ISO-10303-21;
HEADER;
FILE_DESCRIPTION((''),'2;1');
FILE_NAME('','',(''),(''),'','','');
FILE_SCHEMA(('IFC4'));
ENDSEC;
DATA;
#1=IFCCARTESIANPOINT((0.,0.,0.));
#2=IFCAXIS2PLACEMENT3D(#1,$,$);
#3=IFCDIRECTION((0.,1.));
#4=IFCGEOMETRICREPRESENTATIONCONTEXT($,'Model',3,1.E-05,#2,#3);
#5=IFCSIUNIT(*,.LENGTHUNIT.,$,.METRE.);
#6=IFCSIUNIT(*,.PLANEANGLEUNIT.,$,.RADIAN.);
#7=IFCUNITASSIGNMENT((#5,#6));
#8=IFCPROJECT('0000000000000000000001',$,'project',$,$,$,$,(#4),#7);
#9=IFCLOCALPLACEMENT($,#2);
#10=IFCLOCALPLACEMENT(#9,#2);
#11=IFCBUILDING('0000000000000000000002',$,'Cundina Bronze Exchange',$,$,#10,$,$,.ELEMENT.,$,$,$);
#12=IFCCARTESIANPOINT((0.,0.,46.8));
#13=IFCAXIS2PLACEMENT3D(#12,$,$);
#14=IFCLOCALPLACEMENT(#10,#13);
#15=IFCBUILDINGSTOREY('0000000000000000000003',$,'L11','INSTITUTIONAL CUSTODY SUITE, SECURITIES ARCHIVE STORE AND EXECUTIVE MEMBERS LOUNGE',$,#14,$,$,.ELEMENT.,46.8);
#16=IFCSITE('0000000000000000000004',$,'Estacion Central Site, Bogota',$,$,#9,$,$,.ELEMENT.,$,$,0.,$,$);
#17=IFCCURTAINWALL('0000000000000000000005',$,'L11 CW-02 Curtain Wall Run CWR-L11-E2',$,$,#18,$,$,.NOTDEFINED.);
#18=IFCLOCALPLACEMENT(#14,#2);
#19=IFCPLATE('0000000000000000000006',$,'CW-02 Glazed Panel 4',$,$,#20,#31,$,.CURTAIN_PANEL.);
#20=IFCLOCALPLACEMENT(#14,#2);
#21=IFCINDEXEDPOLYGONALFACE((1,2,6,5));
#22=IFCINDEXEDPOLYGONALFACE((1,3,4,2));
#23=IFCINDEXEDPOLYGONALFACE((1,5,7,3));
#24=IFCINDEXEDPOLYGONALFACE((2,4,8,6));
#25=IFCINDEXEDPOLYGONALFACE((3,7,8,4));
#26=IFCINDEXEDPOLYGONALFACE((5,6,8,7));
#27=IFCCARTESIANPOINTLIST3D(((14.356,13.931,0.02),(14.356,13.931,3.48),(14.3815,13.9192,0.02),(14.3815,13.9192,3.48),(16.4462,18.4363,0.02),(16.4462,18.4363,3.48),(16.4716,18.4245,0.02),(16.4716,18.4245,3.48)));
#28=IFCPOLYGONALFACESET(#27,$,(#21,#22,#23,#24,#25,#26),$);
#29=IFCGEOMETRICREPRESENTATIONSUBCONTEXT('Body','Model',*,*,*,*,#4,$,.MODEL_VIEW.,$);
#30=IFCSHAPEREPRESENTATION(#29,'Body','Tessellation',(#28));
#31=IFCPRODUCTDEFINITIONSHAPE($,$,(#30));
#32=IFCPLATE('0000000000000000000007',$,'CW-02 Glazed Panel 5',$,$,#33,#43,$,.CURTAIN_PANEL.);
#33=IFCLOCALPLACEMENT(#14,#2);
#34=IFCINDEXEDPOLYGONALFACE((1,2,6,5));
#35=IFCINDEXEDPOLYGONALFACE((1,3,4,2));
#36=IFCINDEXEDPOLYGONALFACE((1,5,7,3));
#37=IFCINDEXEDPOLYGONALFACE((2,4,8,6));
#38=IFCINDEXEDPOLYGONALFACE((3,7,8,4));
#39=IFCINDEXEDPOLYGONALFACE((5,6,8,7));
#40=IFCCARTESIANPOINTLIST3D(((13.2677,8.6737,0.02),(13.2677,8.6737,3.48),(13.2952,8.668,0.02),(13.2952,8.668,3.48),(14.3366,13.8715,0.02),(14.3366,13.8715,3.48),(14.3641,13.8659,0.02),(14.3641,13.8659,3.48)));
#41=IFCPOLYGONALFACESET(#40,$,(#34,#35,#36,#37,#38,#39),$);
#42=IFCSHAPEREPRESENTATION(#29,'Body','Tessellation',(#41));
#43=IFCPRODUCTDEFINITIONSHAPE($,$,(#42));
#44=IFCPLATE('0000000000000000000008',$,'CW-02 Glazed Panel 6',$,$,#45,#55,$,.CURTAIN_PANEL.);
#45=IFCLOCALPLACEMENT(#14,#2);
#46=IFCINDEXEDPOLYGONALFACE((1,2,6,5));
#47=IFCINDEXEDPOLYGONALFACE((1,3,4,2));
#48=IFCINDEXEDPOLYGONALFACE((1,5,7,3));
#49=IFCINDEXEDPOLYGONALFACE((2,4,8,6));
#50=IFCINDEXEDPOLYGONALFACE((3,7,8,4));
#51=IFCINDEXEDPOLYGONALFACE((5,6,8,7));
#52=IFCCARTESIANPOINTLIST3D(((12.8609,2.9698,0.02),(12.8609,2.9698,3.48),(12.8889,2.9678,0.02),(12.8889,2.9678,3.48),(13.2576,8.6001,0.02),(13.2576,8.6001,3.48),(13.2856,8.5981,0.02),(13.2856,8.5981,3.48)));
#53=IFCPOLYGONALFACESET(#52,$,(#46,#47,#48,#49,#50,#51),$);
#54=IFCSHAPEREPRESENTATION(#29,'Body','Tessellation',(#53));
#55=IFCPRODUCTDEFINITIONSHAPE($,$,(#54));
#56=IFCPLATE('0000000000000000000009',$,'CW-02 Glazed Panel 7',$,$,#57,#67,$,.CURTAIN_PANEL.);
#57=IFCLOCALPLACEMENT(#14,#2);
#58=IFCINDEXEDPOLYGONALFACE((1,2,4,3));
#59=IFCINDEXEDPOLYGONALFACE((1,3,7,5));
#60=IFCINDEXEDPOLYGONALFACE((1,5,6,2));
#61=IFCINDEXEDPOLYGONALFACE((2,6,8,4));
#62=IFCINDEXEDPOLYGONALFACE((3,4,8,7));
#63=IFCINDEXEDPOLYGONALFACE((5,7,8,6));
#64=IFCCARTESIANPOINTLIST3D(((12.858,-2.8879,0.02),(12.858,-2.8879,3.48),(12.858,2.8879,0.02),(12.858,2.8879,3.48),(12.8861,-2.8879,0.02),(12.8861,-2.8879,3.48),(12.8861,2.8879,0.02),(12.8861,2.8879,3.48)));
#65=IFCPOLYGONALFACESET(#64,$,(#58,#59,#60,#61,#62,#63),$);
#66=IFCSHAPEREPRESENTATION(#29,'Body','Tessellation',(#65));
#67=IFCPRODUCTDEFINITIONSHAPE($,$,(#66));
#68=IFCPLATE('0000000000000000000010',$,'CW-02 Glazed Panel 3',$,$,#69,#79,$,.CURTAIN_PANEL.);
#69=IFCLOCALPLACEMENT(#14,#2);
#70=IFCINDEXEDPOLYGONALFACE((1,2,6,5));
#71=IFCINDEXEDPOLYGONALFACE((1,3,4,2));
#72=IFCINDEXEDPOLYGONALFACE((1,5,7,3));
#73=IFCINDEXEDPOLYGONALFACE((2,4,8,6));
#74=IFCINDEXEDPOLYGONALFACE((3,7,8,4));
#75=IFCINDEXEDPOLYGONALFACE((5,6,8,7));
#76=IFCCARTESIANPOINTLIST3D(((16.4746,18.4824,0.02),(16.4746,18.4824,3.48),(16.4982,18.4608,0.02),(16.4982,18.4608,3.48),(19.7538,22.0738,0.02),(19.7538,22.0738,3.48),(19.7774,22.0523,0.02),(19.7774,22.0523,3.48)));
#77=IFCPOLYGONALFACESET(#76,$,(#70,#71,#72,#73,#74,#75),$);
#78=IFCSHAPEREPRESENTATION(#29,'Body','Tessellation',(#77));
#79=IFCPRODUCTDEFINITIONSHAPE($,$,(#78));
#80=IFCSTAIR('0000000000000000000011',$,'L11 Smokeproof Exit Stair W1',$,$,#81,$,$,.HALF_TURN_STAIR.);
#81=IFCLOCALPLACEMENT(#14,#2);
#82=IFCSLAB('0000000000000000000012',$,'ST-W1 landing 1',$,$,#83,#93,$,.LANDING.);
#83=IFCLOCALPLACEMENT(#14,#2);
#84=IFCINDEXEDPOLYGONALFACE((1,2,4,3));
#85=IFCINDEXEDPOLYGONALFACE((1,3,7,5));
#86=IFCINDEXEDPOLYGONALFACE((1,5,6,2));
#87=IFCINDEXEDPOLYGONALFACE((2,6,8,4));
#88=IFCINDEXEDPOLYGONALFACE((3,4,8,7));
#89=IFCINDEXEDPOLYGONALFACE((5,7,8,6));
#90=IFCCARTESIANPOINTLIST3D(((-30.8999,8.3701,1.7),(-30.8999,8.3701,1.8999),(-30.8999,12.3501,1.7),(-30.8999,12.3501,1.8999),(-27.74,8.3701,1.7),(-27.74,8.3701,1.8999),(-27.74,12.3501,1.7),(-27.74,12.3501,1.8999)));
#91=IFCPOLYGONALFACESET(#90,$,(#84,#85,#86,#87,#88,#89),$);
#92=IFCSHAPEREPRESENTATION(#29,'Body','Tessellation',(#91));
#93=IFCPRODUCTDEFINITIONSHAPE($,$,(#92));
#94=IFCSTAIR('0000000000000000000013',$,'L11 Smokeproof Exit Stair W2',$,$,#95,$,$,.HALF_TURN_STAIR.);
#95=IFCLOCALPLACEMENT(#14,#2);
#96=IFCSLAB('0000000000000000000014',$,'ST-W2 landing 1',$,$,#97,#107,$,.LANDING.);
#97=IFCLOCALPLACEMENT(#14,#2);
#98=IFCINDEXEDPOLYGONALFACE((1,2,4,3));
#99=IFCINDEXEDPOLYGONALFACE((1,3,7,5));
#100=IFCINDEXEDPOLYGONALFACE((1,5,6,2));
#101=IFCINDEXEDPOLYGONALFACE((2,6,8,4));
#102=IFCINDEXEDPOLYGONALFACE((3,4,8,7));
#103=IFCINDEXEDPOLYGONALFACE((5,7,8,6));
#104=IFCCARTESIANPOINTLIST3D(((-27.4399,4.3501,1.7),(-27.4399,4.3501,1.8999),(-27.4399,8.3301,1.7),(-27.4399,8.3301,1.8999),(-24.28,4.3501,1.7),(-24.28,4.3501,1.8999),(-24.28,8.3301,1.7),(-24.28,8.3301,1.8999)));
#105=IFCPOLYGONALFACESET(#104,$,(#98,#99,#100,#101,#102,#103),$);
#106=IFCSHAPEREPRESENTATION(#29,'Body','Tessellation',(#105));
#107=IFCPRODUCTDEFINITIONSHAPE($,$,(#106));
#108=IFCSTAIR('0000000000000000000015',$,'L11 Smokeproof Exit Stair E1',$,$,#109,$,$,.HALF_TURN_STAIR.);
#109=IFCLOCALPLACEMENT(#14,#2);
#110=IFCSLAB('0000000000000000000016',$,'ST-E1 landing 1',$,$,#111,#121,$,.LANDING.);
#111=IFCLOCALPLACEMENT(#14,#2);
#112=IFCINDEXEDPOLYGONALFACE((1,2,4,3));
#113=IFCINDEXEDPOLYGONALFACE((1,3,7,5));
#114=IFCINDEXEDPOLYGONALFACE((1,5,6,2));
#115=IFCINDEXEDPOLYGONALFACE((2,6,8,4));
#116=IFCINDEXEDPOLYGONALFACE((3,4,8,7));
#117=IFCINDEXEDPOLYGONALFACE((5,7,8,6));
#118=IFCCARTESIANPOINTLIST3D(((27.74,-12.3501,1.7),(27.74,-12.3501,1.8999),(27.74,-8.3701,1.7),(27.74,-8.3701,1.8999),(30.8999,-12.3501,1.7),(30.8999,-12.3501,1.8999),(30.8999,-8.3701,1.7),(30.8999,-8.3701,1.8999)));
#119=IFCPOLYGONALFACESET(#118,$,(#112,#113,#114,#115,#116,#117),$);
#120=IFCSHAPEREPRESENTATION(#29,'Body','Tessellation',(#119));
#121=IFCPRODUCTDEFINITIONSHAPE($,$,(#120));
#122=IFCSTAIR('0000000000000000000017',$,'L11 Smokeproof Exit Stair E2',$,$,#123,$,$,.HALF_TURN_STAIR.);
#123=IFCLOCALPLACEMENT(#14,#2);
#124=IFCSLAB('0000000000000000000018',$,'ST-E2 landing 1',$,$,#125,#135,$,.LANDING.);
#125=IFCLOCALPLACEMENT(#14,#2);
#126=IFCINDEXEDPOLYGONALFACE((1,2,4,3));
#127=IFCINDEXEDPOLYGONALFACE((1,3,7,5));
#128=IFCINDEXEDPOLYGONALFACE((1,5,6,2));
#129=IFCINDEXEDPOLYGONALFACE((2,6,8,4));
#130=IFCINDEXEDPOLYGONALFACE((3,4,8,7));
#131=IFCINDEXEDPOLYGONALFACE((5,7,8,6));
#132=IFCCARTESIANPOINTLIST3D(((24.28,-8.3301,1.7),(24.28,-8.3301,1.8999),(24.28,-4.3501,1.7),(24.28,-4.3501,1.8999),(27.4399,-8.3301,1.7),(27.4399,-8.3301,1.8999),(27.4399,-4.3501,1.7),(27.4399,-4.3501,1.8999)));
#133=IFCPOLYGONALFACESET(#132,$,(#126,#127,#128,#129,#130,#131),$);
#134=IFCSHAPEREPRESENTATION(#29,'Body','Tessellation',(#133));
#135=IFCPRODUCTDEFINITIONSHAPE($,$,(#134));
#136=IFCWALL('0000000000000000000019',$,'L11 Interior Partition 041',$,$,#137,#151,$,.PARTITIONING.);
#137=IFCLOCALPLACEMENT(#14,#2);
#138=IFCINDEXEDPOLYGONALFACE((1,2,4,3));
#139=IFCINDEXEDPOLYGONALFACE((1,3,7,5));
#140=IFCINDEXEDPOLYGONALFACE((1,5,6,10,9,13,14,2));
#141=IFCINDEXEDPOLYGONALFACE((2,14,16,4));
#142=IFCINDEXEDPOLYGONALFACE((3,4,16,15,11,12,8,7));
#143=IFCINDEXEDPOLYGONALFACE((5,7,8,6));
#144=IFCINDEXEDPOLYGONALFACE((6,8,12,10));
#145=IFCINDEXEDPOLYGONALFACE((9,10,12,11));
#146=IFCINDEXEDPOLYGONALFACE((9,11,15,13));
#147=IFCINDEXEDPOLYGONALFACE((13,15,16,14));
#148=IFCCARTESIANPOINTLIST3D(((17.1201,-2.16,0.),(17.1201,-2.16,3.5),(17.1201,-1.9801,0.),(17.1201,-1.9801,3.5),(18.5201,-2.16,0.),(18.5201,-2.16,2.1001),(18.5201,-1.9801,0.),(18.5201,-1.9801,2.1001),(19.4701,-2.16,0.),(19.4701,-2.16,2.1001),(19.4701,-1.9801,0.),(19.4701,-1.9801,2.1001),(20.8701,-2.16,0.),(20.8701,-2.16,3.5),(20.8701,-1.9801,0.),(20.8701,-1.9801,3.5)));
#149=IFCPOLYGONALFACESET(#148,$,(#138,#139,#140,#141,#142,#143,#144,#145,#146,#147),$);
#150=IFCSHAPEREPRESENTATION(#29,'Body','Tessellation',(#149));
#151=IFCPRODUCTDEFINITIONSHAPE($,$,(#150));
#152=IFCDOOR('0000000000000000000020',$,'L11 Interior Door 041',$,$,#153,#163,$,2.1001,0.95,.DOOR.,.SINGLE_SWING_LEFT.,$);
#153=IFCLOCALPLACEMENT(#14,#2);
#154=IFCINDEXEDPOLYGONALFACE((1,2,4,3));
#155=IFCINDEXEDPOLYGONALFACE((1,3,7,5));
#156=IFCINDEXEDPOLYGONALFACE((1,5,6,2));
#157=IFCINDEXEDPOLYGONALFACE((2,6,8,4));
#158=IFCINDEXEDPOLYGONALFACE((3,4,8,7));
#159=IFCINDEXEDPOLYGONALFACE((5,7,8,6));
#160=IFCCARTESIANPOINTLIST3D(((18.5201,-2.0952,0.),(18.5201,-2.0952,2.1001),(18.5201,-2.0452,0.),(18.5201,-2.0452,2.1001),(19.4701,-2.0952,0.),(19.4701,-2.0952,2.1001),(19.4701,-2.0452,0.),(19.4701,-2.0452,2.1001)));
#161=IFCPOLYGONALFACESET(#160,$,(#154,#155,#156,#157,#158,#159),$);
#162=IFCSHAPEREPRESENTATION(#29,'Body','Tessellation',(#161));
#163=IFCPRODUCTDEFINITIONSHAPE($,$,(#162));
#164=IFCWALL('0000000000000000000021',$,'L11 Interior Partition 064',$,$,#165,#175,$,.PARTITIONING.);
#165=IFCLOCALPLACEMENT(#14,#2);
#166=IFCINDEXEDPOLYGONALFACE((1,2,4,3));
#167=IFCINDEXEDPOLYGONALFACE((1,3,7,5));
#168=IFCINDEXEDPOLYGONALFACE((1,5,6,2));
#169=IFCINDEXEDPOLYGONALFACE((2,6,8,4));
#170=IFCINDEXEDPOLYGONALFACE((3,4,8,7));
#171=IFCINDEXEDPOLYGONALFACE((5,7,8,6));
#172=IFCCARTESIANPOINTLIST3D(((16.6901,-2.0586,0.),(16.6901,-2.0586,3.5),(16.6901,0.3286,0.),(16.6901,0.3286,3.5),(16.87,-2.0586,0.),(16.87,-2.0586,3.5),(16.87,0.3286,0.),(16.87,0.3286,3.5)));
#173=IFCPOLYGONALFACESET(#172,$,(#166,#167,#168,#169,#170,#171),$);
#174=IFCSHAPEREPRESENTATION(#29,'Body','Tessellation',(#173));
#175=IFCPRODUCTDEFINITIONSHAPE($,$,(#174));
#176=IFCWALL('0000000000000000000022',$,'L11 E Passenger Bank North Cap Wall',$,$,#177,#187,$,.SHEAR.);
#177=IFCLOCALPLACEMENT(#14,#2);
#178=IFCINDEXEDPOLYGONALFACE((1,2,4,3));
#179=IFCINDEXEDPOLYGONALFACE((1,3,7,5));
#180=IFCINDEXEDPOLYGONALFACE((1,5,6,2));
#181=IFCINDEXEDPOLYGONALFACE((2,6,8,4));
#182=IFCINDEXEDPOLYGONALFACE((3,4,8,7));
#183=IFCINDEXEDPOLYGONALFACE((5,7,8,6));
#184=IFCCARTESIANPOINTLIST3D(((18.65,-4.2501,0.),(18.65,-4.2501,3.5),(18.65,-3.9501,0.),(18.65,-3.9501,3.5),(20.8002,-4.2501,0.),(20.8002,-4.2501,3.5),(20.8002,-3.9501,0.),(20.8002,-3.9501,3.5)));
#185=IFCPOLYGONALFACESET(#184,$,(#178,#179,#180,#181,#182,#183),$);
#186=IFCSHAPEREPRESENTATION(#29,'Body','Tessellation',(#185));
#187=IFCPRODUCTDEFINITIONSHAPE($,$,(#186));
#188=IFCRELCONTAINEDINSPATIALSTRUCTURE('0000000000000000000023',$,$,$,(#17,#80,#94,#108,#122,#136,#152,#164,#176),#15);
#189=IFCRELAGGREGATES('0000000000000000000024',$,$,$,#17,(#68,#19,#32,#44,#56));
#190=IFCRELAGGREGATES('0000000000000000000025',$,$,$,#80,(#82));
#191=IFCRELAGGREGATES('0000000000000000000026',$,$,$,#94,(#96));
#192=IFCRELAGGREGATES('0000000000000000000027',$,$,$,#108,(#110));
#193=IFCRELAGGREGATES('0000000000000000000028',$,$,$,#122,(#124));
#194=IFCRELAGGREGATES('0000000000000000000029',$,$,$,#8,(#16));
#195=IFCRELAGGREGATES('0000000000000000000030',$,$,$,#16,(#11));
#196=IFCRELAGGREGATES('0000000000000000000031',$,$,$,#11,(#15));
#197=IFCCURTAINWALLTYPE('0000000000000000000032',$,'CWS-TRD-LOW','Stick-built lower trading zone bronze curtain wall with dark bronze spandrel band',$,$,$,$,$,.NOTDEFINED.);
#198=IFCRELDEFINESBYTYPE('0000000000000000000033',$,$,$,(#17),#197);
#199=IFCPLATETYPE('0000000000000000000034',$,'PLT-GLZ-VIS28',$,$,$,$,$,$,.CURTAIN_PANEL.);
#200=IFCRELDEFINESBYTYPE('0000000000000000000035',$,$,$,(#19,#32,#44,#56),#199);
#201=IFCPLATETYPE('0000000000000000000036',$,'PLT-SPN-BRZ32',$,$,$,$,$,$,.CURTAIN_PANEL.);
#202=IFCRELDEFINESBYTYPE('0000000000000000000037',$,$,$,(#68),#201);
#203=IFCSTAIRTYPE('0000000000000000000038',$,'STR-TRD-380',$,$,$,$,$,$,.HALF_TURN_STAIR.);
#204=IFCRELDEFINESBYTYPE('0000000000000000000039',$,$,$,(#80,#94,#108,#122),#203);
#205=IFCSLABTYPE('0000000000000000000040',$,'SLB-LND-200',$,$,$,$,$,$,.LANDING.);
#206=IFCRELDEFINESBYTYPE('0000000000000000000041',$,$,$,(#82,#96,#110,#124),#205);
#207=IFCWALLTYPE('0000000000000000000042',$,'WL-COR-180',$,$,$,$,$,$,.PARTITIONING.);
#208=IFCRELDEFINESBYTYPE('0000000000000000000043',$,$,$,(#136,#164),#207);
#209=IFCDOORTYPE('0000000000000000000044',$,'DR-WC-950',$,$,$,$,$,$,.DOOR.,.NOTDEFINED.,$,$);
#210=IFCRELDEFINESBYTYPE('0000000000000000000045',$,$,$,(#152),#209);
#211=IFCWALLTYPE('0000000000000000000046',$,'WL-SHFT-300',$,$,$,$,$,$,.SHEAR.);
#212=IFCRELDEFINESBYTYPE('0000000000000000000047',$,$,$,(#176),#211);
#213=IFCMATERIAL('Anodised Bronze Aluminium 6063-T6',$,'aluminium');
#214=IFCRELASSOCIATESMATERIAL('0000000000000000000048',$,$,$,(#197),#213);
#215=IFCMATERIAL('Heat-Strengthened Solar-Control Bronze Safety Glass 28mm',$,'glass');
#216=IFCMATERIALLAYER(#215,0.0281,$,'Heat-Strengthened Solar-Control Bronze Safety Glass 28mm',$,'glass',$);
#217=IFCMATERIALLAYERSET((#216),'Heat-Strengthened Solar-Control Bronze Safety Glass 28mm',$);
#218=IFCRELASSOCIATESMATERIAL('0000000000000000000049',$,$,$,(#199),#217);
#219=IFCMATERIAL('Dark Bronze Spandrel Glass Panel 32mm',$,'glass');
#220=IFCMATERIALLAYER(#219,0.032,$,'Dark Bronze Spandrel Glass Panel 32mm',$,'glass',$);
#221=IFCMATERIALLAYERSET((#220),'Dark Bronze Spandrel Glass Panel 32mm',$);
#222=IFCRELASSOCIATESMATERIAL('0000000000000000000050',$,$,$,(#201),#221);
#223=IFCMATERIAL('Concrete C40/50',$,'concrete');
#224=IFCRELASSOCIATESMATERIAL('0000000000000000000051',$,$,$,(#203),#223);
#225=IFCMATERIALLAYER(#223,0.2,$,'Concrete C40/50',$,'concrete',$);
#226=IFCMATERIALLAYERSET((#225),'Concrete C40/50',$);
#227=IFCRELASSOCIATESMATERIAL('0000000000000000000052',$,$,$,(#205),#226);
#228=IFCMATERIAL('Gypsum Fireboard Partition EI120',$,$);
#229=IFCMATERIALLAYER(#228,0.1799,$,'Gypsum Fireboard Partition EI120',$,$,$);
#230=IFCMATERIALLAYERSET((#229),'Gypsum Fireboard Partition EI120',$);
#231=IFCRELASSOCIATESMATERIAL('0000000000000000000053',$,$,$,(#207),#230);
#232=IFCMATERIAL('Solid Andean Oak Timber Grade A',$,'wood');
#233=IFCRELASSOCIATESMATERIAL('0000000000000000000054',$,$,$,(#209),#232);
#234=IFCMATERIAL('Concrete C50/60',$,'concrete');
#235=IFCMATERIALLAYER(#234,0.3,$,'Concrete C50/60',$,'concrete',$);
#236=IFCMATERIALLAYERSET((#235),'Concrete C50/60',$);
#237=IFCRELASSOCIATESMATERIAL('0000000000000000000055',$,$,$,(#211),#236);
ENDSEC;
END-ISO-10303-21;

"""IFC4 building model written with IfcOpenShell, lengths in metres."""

from ifc_helpers import new_model, si_unit, direction, frame, frame_2d, origin, origin_2d, place, context, subcontext, project, spatial, polyline, rectangle, outline, extrude, material, layer, layer_set, type_object, element, fill, aggregate, save


model = new_model("IFC4")

# Units and contexts
model_context = context("Model", 3, precision=1e-05, world=origin(), true_north=direction((0.0, 1.0)))
body_context = subcontext(model_context, "Body", "Model", "MODEL_VIEW")
ifc_project = project(units=[si_unit("LENGTHUNIT", "METRE"), si_unit("PLANEANGLEUNIT", "RADIAN")], contexts=[model_context])

# Site, building, storey
site_placement = place(None, origin())
site = spatial("IfcSite", under=ifc_project, at=site_placement, Name="Estacion Central Site, Bogota", CompositionType="ELEMENT", RefElevation=0.0)
building_placement = place(site_placement, origin())
building = spatial("IfcBuilding", under=site, at=building_placement, Name="Cundina Bronze Exchange", CompositionType="ELEMENT")
storey_placement = place(building_placement, frame((0.0, 0.0, 46.8)))
storey = spatial("IfcBuildingStorey", under=building, at=storey_placement, Name="L11", Description="INSTITUTIONAL CUSTODY SUITE, SECURITIES ARCHIVE STORE AND EXECUTIVE MEMBERS LOUNGE", CompositionType="ELEMENT", Elevation=46.8)

# Curtain wall
ifc_material_1 = material(Name="Anodised Bronze Aluminium 6063-T6", Category="aluminium")
curtain_wall_type = type_object("IfcCurtainWallType", Name="CWS-TRD-LOW", Description="Stick-built lower trading zone bronze curtain wall with dark bronze spandrel band", PredefinedType="NOTDEFINED", material=ifc_material_1)
curtain_wall_1_placement = place(storey_placement, origin())
curtain_wall_1 = element("IfcCurtainWall", 1, at=curtain_wall_1_placement, inside=storey, type_object=curtain_wall_type, Name="L11 CW-02 Curtain Wall Run CWR-L11-E2", PredefinedType="NOTDEFINED")

# Plates
ifc_material_2 = material(Name="Heat-Strengthened Solar-Control Bronze Safety Glass 28mm", Category="glass")
ifc_layer_1 = layer(ifc_material_2, 0.0281, Name="Heat-Strengthened Solar-Control Bronze Safety Glass 28mm", Category="glass")
ifc_layer_set_1 = layer_set([ifc_layer_1], Name="Heat-Strengthened Solar-Control Bronze Safety Glass 28mm")
plate_type_1 = type_object("IfcPlateType", Name="PLT-GLZ-VIS28", PredefinedType="CURTAIN_PANEL", material=ifc_layer_set_1)
plate_1_placement = place(storey_placement, frame((15.4138, 16.1777, 0.02), z_axis=(0.0, 0.0, 1.0), x_axis=(-0.420846, -0.907132, 0.0)))
plate_1 = element("IfcPlate", 2, at=plate_1_placement, type_object=plate_type_1, Name="CW-02 Glazed Panel 4", PredefinedType="CURTAIN_PANEL", context=body_context, shape_type="SweptSolid", body=[
    extrude(rectangle(XDim=4.9666, YDim=0.0281, at=origin_2d()), origin(), (0.0, 0.0, 1.0), 3.46),
])
plate_2_placement = place(storey_placement, frame((13.8159, 11.2698, 0.02), z_axis=(0.0, 0.0, 1.0), x_axis=(-0.20142, -0.979505, 0.0)))
plate_2 = element("IfcPlate", 3, at=plate_2_placement, type_object=plate_type_1, Name="CW-02 Glazed Panel 5", PredefinedType="CURTAIN_PANEL", context=body_context, shape_type="SweptSolid", body=[
    extrude(rectangle(XDim=5.3066, YDim=0.0281, at=origin_2d()), origin(), (0.0, 0.0, 1.0), 3.46),
])
plate_3_placement = place(storey_placement, frame((13.0732, 5.7839, 0.02), z_axis=(0.0, 0.0, 1.0), x_axis=(-0.070279, -0.997527, 0.0)))
plate_3 = element("IfcPlate", 4, at=plate_3_placement, type_object=plate_type_1, Name="CW-02 Glazed Panel 6", PredefinedType="CURTAIN_PANEL", context=body_context, shape_type="SweptSolid", body=[
    extrude(rectangle(XDim=5.6443, YDim=0.0281, at=origin_2d()), origin(), (0.0, 0.0, 1.0), 3.46),
])
plate_4_placement = place(storey_placement, frame((12.8721, 0.0, 0.02), z_axis=(0.0, 0.0, 1.0), x_axis=(0.0, -1.0, 0.0)))
plate_4 = element("IfcPlate", 5, at=plate_4_placement, type_object=plate_type_1, Name="CW-02 Glazed Panel 7", PredefinedType="CURTAIN_PANEL", context=body_context, shape_type="SweptSolid", body=[
    extrude(rectangle(XDim=5.7759, YDim=0.0281, at=origin_2d()), origin(), (0.0, 0.0, 1.0), 3.46),
])
ifc_material_3 = material(Name="Dark Bronze Spandrel Glass Panel 32mm", Category="glass")
ifc_layer_2 = layer(ifc_material_3, 0.032, Name="Dark Bronze Spandrel Glass Panel 32mm", Category="glass")
ifc_layer_set_2 = layer_set([ifc_layer_2], Name="Dark Bronze Spandrel Glass Panel 32mm")
plate_type_2 = type_object("IfcPlateType", Name="PLT-SPN-BRZ32", PredefinedType="CURTAIN_PANEL", material=ifc_layer_set_2)
plate_5_placement = place(storey_placement, frame((18.126, 20.2673, 0.02), z_axis=(0.0, 0.0, 1.0), x_axis=(-0.674277, -0.738479, 0.0)))
plate_5 = element("IfcPlate", 6, at=plate_5_placement, type_object=plate_type_2, Name="CW-02 Glazed Panel 3", PredefinedType="CURTAIN_PANEL", context=body_context, shape_type="SweptSolid", body=[
    extrude(rectangle(XDim=4.8633, YDim=0.032, at=origin_2d()), origin(), (0.0, 0.0, 1.0), 3.46),
])
aggregate(curtain_wall_1, [plate_5, plate_1, plate_2, plate_3, plate_4])

# Stairs, slabs
ifc_material_4 = material(Name="Concrete C40/50", Category="concrete")
stair_type = type_object("IfcStairType", Name="STR-TRD-380", PredefinedType="HALF_TURN_STAIR", material=ifc_material_4)
stair_1_placement = place(storey_placement, origin())
stair_1 = element("IfcStair", 7, at=stair_1_placement, inside=storey, type_object=stair_type, Name="L11 Smokeproof Exit Stair W1", PredefinedType="HALF_TURN_STAIR")
ifc_layer_3 = layer(ifc_material_4, 0.2, Name="Concrete C40/50", Category="concrete")
ifc_layer_set_3 = layer_set([ifc_layer_3], Name="Concrete C40/50")
slab_type = type_object("IfcSlabType", Name="SLB-LND-200", PredefinedType="LANDING", material=ifc_layer_set_3)
slab_1_placement = place(storey_placement, frame((0.0, 0.0, 1.7)))
slab_1 = element("IfcSlab", 8, at=slab_1_placement, type_object=slab_type, Name="ST-W1 landing 1", PredefinedType="LANDING", context=body_context, shape_type="SweptSolid", body=[
    extrude(outline(polyline([(-27.74, 8.3701), (-27.74, 12.3501), (-30.8999, 12.3501), (-30.8999, 8.3701), (-27.74, 8.3701)])), origin(), (0.0, 0.0, 1.0), 0.2),
])
aggregate(stair_1, [slab_1])
stair_2_placement = place(storey_placement, origin())
stair_2 = element("IfcStair", 9, at=stair_2_placement, inside=storey, type_object=stair_type, Name="L11 Smokeproof Exit Stair W2", PredefinedType="HALF_TURN_STAIR")
slab_2_placement = place(storey_placement, frame((0.0, 0.0, 1.7)))
slab_2 = element("IfcSlab", 10, at=slab_2_placement, type_object=slab_type, Name="ST-W2 landing 1", PredefinedType="LANDING", context=body_context, shape_type="SweptSolid", body=[
    extrude(outline(polyline([(-27.4399, 8.3301), (-27.4399, 4.3501), (-24.28, 4.3501), (-24.28, 8.3301), (-27.4399, 8.3301)])), origin(), (0.0, 0.0, 1.0), 0.2),
])
aggregate(stair_2, [slab_2])
stair_3_placement = place(storey_placement, origin())
stair_3 = element("IfcStair", 11, at=stair_3_placement, inside=storey, type_object=stair_type, Name="L11 Smokeproof Exit Stair E1", PredefinedType="HALF_TURN_STAIR")
slab_3_placement = place(storey_placement, frame((0.0, 0.0, 1.7)))
slab_3 = element("IfcSlab", 12, at=slab_3_placement, type_object=slab_type, Name="ST-E1 landing 1", PredefinedType="LANDING", context=body_context, shape_type="SweptSolid", body=[
    extrude(outline(polyline([(27.74, -8.3701), (27.74, -12.3501), (30.8999, -12.3501), (30.8999, -8.3701), (27.74, -8.3701)])), origin(), (0.0, 0.0, 1.0), 0.2),
])
aggregate(stair_3, [slab_3])
stair_4_placement = place(storey_placement, origin())
stair_4 = element("IfcStair", 13, at=stair_4_placement, inside=storey, type_object=stair_type, Name="L11 Smokeproof Exit Stair E2", PredefinedType="HALF_TURN_STAIR")
slab_4_placement = place(storey_placement, frame((0.0, 0.0, 1.7)))
slab_4 = element("IfcSlab", 14, at=slab_4_placement, type_object=slab_type, Name="ST-E2 landing 1", PredefinedType="LANDING", context=body_context, shape_type="SweptSolid", body=[
    extrude(outline(polyline([(27.4399, -8.3301), (27.4399, -4.3501), (24.28, -4.3501), (24.28, -8.3301), (27.4399, -8.3301)])), origin(), (0.0, 0.0, 1.0), 0.2),
])
aggregate(stair_4, [slab_4])

# Wall, opening, door
ifc_material_5 = material(Name="Gypsum Fireboard Partition EI120")
ifc_layer_4 = layer(ifc_material_5, 0.1799, Name="Gypsum Fireboard Partition EI120")
ifc_layer_set_4 = layer_set([ifc_layer_4], Name="Gypsum Fireboard Partition EI120")
wall_type_1 = type_object("IfcWallType", Name="WL-COR-180", PredefinedType="PARTITIONING", material=ifc_layer_set_4)
wall_1_placement = place(storey_placement, frame((17.1201, -2.0701, 0.0), z_axis=(0.0, 0.0, 1.0), x_axis=(1.0, 0.0, 0.0)))
wall_1 = element("IfcWall", 15, at=wall_1_placement, inside=storey, type_object=wall_type_1, Name="L11 Interior Partition 041", PredefinedType="PARTITIONING", context=body_context, shape_type="SweptSolid", body=[
    extrude(rectangle(XDim=3.75, YDim=0.1799, at=frame_2d((1.875, 0.0))), origin(), (0.0, 0.0, 1.0), 3.5),
])
opening_placement = place(wall_1_placement, frame((1.3999, 0.0, 0.0)))
opening = element("IfcOpeningElement", 16, at=opening_placement, cuts=wall_1, PredefinedType="OPENING", context=body_context, shape_type="SweptSolid", body=[
    extrude(rectangle(XDim=0.95, YDim=2.1001, at=frame_2d((0.4751, 1.05))), frame((0.0, 0.0999, 0.0), z_axis=(0.0, -1.0, 0.0), x_axis=(1.0, 0.0, 0.0)), (0.0, 0.0, 1.0), 0.2),
])
ifc_material_6 = material(Name="Solid Andean Oak Timber Grade A", Category="wood")
door_type = type_object("IfcDoorType", Name="DR-WC-950", OperationType="NOTDEFINED", PredefinedType="DOOR", material=ifc_material_6)
door_placement = place(opening_placement, origin())
door = element("IfcDoor", 17, at=door_placement, inside=storey, type_object=door_type, Name="L11 Interior Door 041", OperationType="SINGLE_SWING_LEFT", OverallHeight=2.1001, OverallWidth=0.95, PredefinedType="DOOR", context=body_context, shape_type="SweptSolid", body=[
    extrude(rectangle(XDim=0.95, YDim=2.1001, at=frame_2d((0.4751, 1.05))), frame((0.0, 0.0249, 0.0), z_axis=(0.0, -1.0, 0.0), x_axis=(1.0, 0.0, 0.0)), (0.0, 0.0, 1.0), 0.05),
])
fill(opening, door)

# Walls
wall_2_placement = place(storey_placement, frame((16.78, 0.3286, 0.0), z_axis=(0.0, 0.0, 1.0), x_axis=(0.0, -1.0, 0.0)))
element("IfcWall", 18, at=wall_2_placement, inside=storey, type_object=wall_type_1, Name="L11 Interior Partition 064", PredefinedType="PARTITIONING", context=body_context, shape_type="SweptSolid", body=[
    extrude(rectangle(XDim=2.3872, YDim=0.1799, at=frame_2d((1.1936, 0.0))), origin(), (0.0, 0.0, 1.0), 3.5),
])
ifc_material_7 = material(Name="Concrete C50/60", Category="concrete")
ifc_layer_5 = layer(ifc_material_7, 0.3, Name="Concrete C50/60", Category="concrete")
ifc_layer_set_5 = layer_set([ifc_layer_5], Name="Concrete C50/60")
wall_type_2 = type_object("IfcWallType", Name="WL-SHFT-300", PredefinedType="SHEAR", material=ifc_layer_set_5)
wall_3_placement = place(storey_placement, frame((18.6499, -4.1001, 0.0), z_axis=(0.0, 0.0, 1.0), x_axis=(1.0, 0.0, 0.0)))
element("IfcWall", 19, at=wall_3_placement, inside=storey, type_object=wall_type_2, Name="L11 E Passenger Bank North Cap Wall", PredefinedType="SHEAR", context=body_context, shape_type="SweptSolid", body=[
    extrude(rectangle(XDim=2.1501, YDim=0.3, at=frame_2d((1.0752, 0.0))), origin(), (0.0, 0.0, 1.0), 3.5),
])

save(model, "model.ifc")
